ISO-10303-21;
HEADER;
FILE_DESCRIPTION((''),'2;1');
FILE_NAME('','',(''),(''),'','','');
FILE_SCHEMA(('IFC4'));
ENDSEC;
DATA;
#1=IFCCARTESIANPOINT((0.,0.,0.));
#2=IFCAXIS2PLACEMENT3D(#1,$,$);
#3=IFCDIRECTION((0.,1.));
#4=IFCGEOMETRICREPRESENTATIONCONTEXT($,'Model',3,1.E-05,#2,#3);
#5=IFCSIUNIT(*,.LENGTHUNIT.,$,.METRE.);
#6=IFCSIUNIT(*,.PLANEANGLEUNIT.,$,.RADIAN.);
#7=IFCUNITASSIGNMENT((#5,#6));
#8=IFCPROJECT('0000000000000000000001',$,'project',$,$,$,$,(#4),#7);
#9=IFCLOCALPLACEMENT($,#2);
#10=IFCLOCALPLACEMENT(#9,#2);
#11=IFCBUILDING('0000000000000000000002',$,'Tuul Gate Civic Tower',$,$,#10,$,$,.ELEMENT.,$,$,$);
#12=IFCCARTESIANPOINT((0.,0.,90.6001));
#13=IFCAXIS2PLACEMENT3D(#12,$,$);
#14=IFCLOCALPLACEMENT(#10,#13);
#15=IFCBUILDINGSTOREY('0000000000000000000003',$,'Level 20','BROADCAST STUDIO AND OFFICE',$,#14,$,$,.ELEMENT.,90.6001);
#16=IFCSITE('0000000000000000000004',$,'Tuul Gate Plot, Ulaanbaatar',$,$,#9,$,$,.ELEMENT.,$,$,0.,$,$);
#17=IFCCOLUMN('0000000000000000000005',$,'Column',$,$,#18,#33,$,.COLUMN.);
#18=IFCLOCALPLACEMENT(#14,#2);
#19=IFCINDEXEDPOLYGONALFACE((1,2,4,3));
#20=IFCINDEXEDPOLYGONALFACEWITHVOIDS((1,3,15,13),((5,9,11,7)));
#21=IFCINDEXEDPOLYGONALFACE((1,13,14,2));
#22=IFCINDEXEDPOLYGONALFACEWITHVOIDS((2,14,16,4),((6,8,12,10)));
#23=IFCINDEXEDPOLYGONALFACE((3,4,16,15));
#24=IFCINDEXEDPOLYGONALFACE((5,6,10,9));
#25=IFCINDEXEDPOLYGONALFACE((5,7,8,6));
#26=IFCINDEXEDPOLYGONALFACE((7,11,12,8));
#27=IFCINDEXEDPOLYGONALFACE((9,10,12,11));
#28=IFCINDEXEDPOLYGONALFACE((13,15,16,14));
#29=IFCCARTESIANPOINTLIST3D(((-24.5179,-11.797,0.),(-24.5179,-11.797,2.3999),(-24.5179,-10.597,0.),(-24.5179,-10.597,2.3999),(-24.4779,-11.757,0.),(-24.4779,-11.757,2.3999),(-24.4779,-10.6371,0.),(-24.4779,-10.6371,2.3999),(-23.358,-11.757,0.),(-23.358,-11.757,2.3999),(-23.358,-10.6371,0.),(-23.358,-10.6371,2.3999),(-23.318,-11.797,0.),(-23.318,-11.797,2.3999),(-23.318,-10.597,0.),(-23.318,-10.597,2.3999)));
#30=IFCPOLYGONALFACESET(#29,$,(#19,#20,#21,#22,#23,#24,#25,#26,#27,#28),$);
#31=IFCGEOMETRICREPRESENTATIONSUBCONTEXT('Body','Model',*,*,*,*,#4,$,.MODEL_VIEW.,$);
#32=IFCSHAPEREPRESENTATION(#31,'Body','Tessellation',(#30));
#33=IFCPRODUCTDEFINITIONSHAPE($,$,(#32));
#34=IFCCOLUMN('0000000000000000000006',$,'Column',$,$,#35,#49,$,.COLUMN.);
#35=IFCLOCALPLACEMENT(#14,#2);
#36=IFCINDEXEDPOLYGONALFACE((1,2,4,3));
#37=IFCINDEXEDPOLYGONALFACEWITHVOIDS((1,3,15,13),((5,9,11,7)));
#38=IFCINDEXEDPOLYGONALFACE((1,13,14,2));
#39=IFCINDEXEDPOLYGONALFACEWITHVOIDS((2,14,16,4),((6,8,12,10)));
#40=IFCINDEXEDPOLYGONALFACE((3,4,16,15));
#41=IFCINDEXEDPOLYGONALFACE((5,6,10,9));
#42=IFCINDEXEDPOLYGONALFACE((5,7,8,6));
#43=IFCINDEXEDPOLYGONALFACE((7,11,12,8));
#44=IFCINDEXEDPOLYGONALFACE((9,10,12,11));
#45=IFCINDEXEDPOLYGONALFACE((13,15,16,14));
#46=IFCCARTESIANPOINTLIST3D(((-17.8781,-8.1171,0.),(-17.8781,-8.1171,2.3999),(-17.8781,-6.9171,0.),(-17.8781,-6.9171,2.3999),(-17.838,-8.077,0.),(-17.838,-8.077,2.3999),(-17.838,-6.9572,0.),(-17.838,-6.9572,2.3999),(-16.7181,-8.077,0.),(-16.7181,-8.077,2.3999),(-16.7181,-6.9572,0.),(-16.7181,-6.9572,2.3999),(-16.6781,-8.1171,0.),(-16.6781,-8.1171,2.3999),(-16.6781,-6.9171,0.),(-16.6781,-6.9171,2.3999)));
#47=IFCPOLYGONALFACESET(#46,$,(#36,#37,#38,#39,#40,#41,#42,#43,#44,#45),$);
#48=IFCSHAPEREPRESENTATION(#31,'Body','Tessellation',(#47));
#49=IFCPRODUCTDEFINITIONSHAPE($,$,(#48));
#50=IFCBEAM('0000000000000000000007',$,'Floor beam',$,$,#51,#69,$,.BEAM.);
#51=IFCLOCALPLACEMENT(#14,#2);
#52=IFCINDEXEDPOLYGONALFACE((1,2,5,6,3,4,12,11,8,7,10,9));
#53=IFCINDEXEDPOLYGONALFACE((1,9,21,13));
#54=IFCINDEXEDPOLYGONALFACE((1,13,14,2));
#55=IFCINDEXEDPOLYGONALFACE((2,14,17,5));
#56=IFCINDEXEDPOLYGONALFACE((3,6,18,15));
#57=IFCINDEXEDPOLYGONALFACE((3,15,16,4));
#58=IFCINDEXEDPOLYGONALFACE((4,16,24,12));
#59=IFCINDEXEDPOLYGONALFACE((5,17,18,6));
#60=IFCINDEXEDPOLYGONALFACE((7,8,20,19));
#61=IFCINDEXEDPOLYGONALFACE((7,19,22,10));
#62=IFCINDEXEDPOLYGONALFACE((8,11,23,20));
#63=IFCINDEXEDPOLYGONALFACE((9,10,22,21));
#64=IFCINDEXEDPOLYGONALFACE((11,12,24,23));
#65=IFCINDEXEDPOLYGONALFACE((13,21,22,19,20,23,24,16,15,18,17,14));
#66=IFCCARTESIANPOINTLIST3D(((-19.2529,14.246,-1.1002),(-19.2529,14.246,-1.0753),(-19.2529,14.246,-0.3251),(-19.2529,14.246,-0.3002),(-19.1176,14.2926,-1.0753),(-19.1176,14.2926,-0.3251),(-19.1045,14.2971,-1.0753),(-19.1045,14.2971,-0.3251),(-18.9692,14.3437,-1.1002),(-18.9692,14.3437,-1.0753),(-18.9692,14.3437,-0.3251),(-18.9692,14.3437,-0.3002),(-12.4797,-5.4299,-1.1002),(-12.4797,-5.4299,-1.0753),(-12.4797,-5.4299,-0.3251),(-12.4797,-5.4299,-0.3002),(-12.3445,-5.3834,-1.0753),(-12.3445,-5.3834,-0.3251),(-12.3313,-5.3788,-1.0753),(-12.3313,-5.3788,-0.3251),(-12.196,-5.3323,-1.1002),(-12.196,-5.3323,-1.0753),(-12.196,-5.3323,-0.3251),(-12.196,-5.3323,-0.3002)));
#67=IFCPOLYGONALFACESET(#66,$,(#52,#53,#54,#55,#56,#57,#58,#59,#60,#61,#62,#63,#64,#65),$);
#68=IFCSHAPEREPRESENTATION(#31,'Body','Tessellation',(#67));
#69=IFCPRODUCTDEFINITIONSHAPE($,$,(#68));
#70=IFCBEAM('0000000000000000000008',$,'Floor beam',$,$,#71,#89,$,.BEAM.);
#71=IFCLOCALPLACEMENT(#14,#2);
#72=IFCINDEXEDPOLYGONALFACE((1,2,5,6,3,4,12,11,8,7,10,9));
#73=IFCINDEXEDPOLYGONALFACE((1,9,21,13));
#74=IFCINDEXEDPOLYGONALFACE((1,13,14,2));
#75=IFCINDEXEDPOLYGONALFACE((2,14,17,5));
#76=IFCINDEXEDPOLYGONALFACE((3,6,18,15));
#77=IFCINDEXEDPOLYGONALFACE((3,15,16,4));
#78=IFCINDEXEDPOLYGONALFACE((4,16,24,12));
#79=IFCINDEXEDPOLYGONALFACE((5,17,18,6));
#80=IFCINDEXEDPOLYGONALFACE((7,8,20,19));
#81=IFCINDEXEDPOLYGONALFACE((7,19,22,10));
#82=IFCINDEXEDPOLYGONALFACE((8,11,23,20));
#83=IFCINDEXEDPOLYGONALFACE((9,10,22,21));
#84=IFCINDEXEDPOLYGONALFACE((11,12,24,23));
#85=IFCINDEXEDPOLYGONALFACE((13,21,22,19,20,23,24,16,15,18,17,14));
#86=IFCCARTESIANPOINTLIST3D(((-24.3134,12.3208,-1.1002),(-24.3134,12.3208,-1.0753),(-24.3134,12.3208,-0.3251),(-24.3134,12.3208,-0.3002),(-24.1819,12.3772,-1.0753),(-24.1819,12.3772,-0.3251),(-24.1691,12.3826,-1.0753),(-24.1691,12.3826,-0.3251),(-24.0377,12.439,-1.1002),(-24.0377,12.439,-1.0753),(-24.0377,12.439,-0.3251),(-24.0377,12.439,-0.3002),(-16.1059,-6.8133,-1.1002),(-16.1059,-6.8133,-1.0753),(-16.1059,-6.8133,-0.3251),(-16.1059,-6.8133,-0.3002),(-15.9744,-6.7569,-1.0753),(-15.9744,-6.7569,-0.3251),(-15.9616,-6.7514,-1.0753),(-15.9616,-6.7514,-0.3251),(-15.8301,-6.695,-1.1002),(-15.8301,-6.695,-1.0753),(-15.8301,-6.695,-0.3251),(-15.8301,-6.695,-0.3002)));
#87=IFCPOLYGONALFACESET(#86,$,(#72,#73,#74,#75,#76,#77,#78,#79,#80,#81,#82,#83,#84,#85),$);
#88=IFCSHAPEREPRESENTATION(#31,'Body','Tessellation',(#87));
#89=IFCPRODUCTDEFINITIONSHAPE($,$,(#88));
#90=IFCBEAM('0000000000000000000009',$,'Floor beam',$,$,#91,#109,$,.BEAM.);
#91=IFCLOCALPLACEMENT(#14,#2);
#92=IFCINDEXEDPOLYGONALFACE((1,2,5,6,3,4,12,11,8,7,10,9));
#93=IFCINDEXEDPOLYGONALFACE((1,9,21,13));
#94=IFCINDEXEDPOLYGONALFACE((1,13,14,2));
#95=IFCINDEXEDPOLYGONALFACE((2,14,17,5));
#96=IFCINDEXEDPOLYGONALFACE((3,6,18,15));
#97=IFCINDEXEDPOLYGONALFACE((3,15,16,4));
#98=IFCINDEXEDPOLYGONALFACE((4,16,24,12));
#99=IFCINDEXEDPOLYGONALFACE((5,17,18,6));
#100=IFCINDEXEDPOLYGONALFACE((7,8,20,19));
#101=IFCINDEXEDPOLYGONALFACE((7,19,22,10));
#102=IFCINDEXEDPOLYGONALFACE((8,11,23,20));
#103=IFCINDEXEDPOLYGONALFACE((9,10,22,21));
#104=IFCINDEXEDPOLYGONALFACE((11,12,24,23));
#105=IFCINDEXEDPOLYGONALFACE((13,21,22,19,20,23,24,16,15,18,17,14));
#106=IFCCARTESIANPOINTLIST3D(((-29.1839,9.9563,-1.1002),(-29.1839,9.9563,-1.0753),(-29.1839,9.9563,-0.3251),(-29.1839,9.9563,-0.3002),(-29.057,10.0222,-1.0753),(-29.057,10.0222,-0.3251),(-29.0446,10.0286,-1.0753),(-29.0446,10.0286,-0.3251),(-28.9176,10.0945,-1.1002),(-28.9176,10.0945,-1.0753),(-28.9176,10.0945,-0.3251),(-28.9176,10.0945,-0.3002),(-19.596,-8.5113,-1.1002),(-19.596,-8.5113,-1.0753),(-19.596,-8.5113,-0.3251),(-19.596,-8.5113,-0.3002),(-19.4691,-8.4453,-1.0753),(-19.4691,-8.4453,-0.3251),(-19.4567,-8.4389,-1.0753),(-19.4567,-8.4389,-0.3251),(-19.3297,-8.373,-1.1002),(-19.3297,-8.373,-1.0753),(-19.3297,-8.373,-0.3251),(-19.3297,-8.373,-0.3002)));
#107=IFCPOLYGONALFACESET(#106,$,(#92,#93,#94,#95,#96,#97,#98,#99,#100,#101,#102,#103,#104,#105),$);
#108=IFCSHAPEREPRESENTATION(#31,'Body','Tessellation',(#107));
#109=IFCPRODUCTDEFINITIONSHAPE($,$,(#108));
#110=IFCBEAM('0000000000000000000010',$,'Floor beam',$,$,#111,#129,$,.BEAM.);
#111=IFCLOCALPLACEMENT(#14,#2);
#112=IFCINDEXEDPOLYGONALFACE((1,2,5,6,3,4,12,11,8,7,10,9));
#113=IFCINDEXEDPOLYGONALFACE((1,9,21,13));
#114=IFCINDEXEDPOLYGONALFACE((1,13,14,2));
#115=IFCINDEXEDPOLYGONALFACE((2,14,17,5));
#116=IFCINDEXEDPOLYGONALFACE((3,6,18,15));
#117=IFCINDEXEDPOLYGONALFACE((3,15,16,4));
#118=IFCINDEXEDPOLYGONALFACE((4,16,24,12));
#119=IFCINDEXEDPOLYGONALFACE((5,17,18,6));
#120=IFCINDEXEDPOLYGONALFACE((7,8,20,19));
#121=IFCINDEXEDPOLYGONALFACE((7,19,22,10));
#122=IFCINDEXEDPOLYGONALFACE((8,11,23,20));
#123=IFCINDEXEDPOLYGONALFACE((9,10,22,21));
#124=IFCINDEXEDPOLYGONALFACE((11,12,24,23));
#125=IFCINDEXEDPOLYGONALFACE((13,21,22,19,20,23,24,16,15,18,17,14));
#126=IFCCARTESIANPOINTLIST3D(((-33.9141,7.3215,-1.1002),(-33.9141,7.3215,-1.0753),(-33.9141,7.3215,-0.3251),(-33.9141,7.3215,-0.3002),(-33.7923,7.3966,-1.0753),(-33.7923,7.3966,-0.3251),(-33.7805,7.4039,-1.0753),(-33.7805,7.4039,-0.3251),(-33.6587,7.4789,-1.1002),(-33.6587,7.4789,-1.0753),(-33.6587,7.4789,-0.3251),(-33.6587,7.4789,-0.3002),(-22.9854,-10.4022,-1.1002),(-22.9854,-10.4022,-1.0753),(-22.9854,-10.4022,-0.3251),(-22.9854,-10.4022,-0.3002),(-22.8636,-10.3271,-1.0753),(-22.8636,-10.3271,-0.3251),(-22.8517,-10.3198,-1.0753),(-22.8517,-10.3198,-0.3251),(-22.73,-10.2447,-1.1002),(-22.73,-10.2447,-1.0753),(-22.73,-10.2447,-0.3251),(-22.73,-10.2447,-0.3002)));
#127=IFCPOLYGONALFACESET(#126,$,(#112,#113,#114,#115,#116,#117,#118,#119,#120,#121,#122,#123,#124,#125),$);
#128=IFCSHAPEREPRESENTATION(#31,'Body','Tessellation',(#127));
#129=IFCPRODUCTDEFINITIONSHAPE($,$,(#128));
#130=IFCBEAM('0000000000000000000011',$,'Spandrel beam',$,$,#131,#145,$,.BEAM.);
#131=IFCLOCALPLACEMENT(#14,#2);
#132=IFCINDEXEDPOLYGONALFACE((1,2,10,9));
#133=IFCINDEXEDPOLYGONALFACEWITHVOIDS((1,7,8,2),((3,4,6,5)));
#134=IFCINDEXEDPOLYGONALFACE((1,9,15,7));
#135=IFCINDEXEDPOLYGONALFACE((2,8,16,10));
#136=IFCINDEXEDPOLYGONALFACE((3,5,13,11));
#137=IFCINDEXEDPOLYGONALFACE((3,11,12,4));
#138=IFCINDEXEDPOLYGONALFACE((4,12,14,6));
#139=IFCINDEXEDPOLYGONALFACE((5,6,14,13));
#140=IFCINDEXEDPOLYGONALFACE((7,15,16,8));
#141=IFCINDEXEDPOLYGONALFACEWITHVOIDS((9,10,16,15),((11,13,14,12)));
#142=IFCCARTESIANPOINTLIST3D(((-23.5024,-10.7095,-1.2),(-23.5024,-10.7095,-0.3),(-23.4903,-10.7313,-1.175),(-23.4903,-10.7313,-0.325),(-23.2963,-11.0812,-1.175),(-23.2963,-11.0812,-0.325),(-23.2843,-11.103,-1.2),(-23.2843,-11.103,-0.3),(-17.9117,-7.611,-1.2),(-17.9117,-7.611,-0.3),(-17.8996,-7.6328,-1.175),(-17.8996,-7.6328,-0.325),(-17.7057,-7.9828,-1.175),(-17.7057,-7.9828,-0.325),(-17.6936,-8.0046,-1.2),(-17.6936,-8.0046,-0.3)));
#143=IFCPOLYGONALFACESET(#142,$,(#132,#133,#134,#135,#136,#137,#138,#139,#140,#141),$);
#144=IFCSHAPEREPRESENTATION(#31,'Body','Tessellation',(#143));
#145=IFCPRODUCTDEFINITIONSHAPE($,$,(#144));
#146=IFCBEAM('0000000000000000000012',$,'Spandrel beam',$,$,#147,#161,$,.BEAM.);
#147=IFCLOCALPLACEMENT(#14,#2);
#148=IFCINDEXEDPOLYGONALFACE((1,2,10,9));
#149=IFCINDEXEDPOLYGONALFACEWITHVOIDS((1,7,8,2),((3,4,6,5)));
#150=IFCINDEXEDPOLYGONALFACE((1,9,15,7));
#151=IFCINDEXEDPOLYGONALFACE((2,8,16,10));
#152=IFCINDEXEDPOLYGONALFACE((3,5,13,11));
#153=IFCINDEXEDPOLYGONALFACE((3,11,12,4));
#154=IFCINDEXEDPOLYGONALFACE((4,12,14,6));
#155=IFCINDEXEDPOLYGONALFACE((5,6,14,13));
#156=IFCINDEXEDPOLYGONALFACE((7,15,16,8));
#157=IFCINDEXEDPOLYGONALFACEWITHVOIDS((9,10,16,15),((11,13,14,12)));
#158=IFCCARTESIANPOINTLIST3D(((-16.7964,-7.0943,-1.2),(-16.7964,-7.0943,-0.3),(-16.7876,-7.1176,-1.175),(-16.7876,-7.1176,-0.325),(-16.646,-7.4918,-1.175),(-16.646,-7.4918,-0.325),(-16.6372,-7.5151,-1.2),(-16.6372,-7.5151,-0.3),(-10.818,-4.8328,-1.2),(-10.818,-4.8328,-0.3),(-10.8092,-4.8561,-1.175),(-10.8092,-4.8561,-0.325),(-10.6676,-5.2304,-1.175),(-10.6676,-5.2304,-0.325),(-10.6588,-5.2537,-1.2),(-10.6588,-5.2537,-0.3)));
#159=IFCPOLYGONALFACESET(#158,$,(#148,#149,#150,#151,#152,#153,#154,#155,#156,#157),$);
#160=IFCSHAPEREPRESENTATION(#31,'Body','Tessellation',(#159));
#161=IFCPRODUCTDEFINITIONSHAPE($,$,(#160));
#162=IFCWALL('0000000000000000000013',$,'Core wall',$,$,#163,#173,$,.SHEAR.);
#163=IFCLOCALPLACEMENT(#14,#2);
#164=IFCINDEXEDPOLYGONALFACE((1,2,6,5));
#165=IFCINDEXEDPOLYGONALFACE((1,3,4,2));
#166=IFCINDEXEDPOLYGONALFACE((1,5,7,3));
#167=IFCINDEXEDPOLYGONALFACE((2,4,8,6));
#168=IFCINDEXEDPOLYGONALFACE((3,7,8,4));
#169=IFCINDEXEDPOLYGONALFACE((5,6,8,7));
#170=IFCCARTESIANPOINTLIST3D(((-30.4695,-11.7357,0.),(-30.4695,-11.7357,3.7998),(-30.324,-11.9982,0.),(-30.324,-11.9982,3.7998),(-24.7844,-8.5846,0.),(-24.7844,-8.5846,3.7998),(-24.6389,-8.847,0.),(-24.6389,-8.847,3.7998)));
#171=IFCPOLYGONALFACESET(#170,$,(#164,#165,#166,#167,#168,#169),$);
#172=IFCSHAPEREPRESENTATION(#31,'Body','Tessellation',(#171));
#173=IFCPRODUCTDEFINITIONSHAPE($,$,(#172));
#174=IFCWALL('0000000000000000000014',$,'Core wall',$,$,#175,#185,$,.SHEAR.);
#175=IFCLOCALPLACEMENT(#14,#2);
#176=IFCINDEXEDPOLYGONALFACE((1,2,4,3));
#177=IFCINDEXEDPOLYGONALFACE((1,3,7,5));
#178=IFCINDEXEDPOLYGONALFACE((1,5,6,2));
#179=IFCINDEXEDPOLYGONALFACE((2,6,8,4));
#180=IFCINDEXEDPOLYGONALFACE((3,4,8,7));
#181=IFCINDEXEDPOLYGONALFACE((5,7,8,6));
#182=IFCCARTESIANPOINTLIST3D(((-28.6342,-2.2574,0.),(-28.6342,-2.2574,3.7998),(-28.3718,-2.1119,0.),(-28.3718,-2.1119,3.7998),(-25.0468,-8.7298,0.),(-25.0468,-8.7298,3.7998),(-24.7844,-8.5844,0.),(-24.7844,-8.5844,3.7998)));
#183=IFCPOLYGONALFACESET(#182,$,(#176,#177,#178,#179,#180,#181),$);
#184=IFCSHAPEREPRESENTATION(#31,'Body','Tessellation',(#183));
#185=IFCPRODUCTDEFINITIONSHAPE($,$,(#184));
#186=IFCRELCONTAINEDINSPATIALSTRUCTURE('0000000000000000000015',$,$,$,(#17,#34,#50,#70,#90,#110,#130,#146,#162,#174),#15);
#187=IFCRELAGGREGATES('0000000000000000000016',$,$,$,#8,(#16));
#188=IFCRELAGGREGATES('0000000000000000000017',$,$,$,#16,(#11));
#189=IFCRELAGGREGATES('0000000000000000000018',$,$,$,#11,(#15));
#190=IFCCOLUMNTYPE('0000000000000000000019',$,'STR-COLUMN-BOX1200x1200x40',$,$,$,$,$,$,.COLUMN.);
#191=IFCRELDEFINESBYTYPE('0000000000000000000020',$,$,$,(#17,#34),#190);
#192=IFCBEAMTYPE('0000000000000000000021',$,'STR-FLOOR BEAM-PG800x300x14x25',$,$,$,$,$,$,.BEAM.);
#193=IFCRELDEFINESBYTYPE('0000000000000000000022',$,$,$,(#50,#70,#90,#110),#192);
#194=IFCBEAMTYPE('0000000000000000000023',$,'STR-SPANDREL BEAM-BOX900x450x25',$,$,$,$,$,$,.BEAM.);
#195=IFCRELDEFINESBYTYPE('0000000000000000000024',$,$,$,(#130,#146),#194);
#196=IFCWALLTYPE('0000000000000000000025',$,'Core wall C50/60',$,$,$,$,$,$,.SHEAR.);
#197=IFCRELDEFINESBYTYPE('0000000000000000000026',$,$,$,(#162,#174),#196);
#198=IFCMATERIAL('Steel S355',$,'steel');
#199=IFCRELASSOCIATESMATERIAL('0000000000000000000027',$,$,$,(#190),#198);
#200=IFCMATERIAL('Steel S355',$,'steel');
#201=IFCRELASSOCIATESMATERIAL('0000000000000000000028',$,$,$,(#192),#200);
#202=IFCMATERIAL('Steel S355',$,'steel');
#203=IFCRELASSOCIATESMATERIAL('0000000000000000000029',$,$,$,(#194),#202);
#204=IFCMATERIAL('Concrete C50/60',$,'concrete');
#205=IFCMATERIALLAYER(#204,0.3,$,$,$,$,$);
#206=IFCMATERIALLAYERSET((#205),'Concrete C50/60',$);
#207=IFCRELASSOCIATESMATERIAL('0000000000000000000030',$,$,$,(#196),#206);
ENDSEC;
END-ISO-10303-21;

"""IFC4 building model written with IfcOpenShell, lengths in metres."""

from ifc_helpers import new_model, si_unit, direction, frame, frame_2d, origin, origin_2d, place, context, subcontext, project, spatial, rectangle, hollow_rectangle, i_section, extrude, material, layer, layer_set, material_profile, profile_set, type_object, element, save


model = new_model("IFC4")

# Units and contexts
model_context = context("Model", 3, precision=1e-05, world=origin(), true_north=direction((0.0, 1.0)))
body_context = subcontext(model_context, "Body", "Model", "MODEL_VIEW")
ifc_project = project(units=[si_unit("LENGTHUNIT", "METRE"), si_unit("PLANEANGLEUNIT", "RADIAN")], contexts=[model_context])

# Site, building, storey
site_placement = place(None, origin())
site = spatial("IfcSite", under=ifc_project, at=site_placement, Name="Tuul Gate Plot, Ulaanbaatar", CompositionType="ELEMENT", RefElevation=0.0)
building_placement = place(site_placement, origin())
building = spatial("IfcBuilding", under=site, at=building_placement, Name="Tuul Gate Civic Tower", CompositionType="ELEMENT")
storey_placement = place(building_placement, frame((0.0, 0.0, 90.6001)))
storey = spatial("IfcBuildingStorey", under=building, at=storey_placement, Name="Level 20", Description="BROADCAST STUDIO AND OFFICE", CompositionType="ELEMENT", Elevation=90.6001)

# Columns
ifc_material_1 = material(Name="Steel S355", Category="steel")
ifc_material_profile_1 = material_profile(ifc_material_1, hollow_rectangle(XDim=1.2, YDim=1.2, WallThickness=0.04, at=origin_2d()), Name="BOX1200x1200x40")
ifc_profile_set_1 = profile_set([ifc_material_profile_1], Name="Steel S355")
column_type = type_object("IfcColumnType", Name="STR-COLUMN-BOX1200x1200x40", PredefinedType="COLUMN", material=ifc_profile_set_1)
for number, where, z_axis, x_axis, name in (
    (1, (-23.918, -11.197, 0.0), (0.0, 0.0, 1.0), (1.0, 0.0, 0.0), "Column"),
    (2, (-17.2781, -7.5171, 0.0), (0.0, 0.0, 1.0), (1.0, 0.0, 0.0), "Column"),
):
    element("IfcColumn", number, at=place(storey_placement, frame(where, z_axis=z_axis, x_axis=x_axis)), inside=storey, type_object=column_type, Name=name, PredefinedType="COLUMN", context=body_context, shape_type="SweptSolid", body=[
        extrude(hollow_rectangle(XDim=1.2, YDim=1.2, WallThickness=0.04, at=origin_2d()), origin(), (0.0, 0.0, 1.0), 2.3999),
    ])

# Beams
ifc_material_2 = material(Name="Steel S355", Category="steel")
ifc_material_profile_2 = material_profile(ifc_material_2, i_section(OverallWidth=0.3, OverallDepth=0.8, WebThickness=0.0139, FlangeThickness=0.0249, at=origin_2d()), Name="PG800x300x14x25")
ifc_profile_set_2 = profile_set([ifc_material_profile_2], Name="Steel S355")
beam_type_1 = type_object("IfcBeamType", Name="STR-FLOOR BEAM-PG800x300x14x25", PredefinedType="BEAM", material=ifc_profile_set_2)
beam_1_placement = place(storey_placement, frame((-12.3379, -5.3811, -0.7002), z_axis=(-0.325491, 0.945545, 0.0), x_axis=(-0.945545, -0.325491, 0.0)))
element("IfcBeam", 3, at=beam_1_placement, inside=storey, type_object=beam_type_1, Name="Floor beam", PredefinedType="BEAM", context=body_context, shape_type="SweptSolid", body=[
    extrude(i_section(OverallWidth=0.3, OverallDepth=0.8, WebThickness=0.0139, FlangeThickness=0.0249, at=origin_2d()), origin(), (0.0, 0.0, 1.0), 20.8091),
])
beam_2_placement = place(storey_placement, frame((-15.968, -6.7542, -0.7002), z_axis=(-0.394212, 0.919019, 0.0), x_axis=(-0.919019, -0.394212, 0.0)))
element("IfcBeam", 4, at=beam_2_placement, inside=storey, type_object=beam_type_1, Name="Floor beam", PredefinedType="BEAM", context=body_context, shape_type="SweptSolid", body=[
    extrude(i_section(OverallWidth=0.3, OverallDepth=0.8, WebThickness=0.0139, FlangeThickness=0.0249, at=origin_2d()), origin(), (0.0, 0.0, 1.0), 20.8201),
])
beam_3_placement = place(storey_placement, frame((-19.4629, -8.4421, -0.7002), z_axis=(-0.460777, 0.887516, 0.0), x_axis=(-0.887516, -0.460777, 0.0)))
element("IfcBeam", 5, at=beam_3_placement, inside=storey, type_object=beam_type_1, Name="Floor beam", PredefinedType="BEAM", context=body_context, shape_type="SweptSolid", body=[
    extrude(i_section(OverallWidth=0.3, OverallDepth=0.8, WebThickness=0.0139, FlangeThickness=0.0249, at=origin_2d()), origin(), (0.0, 0.0, 1.0), 20.8081),
])
beam_4_placement = place(storey_placement, frame((-22.8577, -10.3235, -0.7002), z_axis=(-0.524859, 0.851189, 0.0), x_axis=(-0.851189, -0.524859, 0.0)))
element("IfcBeam", 6, at=beam_4_placement, inside=storey, type_object=beam_type_1, Name="Floor beam", PredefinedType="BEAM", context=body_context, shape_type="SweptSolid", body=[
    extrude(i_section(OverallWidth=0.3, OverallDepth=0.8, WebThickness=0.0139, FlangeThickness=0.0249, at=origin_2d()), origin(), (0.0, 0.0, 1.0), 20.8223),
])
ifc_material_3 = material(Name="Steel S355", Category="steel")
ifc_material_profile_3 = material_profile(ifc_material_3, hollow_rectangle(XDim=0.45, YDim=0.8999, WallThickness=0.0249, at=origin_2d()), Name="BOX900x450x25")
ifc_profile_set_3 = profile_set([ifc_material_profile_3], Name="Steel S355")
beam_type_2 = type_object("IfcBeamType", Name="STR-SPANDREL BEAM-BOX900x450x25", PredefinedType="BEAM", material=ifc_profile_set_3)
for number, where, z_axis, x_axis, name in (
    (7, (-23.3933, -10.9062, -0.75), (0.874654, 0.484748, 0.0), (-0.484748, 0.874654, 0.0), "Spandrel beam"),
    (8, (-16.7168, -7.3047, -0.75), (0.935321, 0.353801, 0.0), (-0.353801, 0.935321, 0.0), "Spandrel beam"),
):
    element("IfcBeam", number, at=place(storey_placement, frame(where, z_axis=z_axis, x_axis=x_axis)), inside=storey, type_object=beam_type_2, Name=name, PredefinedType="BEAM", context=body_context, shape_type="SweptSolid", body=[
        extrude(hollow_rectangle(XDim=0.45, YDim=0.8999, WallThickness=0.0249, at=origin_2d()), origin(), (0.0, 0.0, 1.0), 6.3918),
    ])

# Walls
ifc_material_4 = material(Name="Concrete C50/60", Category="concrete")
ifc_layer_1 = layer(ifc_material_4, 0.3)
ifc_layer_set_1 = layer_set([ifc_layer_1], Name="Concrete C50/60")
wall_type_1 = type_object("IfcWallType", Name="Core wall C50/60", PredefinedType="SHEAR", material=ifc_layer_set_1)
wall_1_placement = place(storey_placement, frame((-24.7117, -8.7158, 0.0), z_axis=(0.0, 0.0, 1.0), x_axis=(-0.87463, -0.484791, 0.0)))
element("IfcWall", 9, at=wall_1_placement, inside=storey, type_object=wall_type_1, Name="Core wall", PredefinedType="SHEAR", context=body_context, shape_type="SweptSolid", body=[
    extrude(rectangle(XDim=6.5, YDim=0.3, at=frame_2d((3.25, 0.0))), origin(), (0.0, 0.0, 1.0), 3.7998),
])
wall_2_placement = place(storey_placement, frame((-24.9155, -8.6572, 0.0), z_axis=(0.0, 0.0, 1.0), x_axis=(-0.484777, 0.874638, 0.0)))
element("IfcWall", 10, at=wall_2_placement, inside=storey, type_object=wall_type_1, Name="Core wall", PredefinedType="SHEAR", context=body_context, shape_type="SweptSolid", body=[
    extrude(rectangle(XDim=7.4001, YDim=0.3, at=frame_2d((3.7002, 0.0))), origin(), (0.0, 0.0, 1.0), 3.7998),
])

save(model, "model.ifc")
